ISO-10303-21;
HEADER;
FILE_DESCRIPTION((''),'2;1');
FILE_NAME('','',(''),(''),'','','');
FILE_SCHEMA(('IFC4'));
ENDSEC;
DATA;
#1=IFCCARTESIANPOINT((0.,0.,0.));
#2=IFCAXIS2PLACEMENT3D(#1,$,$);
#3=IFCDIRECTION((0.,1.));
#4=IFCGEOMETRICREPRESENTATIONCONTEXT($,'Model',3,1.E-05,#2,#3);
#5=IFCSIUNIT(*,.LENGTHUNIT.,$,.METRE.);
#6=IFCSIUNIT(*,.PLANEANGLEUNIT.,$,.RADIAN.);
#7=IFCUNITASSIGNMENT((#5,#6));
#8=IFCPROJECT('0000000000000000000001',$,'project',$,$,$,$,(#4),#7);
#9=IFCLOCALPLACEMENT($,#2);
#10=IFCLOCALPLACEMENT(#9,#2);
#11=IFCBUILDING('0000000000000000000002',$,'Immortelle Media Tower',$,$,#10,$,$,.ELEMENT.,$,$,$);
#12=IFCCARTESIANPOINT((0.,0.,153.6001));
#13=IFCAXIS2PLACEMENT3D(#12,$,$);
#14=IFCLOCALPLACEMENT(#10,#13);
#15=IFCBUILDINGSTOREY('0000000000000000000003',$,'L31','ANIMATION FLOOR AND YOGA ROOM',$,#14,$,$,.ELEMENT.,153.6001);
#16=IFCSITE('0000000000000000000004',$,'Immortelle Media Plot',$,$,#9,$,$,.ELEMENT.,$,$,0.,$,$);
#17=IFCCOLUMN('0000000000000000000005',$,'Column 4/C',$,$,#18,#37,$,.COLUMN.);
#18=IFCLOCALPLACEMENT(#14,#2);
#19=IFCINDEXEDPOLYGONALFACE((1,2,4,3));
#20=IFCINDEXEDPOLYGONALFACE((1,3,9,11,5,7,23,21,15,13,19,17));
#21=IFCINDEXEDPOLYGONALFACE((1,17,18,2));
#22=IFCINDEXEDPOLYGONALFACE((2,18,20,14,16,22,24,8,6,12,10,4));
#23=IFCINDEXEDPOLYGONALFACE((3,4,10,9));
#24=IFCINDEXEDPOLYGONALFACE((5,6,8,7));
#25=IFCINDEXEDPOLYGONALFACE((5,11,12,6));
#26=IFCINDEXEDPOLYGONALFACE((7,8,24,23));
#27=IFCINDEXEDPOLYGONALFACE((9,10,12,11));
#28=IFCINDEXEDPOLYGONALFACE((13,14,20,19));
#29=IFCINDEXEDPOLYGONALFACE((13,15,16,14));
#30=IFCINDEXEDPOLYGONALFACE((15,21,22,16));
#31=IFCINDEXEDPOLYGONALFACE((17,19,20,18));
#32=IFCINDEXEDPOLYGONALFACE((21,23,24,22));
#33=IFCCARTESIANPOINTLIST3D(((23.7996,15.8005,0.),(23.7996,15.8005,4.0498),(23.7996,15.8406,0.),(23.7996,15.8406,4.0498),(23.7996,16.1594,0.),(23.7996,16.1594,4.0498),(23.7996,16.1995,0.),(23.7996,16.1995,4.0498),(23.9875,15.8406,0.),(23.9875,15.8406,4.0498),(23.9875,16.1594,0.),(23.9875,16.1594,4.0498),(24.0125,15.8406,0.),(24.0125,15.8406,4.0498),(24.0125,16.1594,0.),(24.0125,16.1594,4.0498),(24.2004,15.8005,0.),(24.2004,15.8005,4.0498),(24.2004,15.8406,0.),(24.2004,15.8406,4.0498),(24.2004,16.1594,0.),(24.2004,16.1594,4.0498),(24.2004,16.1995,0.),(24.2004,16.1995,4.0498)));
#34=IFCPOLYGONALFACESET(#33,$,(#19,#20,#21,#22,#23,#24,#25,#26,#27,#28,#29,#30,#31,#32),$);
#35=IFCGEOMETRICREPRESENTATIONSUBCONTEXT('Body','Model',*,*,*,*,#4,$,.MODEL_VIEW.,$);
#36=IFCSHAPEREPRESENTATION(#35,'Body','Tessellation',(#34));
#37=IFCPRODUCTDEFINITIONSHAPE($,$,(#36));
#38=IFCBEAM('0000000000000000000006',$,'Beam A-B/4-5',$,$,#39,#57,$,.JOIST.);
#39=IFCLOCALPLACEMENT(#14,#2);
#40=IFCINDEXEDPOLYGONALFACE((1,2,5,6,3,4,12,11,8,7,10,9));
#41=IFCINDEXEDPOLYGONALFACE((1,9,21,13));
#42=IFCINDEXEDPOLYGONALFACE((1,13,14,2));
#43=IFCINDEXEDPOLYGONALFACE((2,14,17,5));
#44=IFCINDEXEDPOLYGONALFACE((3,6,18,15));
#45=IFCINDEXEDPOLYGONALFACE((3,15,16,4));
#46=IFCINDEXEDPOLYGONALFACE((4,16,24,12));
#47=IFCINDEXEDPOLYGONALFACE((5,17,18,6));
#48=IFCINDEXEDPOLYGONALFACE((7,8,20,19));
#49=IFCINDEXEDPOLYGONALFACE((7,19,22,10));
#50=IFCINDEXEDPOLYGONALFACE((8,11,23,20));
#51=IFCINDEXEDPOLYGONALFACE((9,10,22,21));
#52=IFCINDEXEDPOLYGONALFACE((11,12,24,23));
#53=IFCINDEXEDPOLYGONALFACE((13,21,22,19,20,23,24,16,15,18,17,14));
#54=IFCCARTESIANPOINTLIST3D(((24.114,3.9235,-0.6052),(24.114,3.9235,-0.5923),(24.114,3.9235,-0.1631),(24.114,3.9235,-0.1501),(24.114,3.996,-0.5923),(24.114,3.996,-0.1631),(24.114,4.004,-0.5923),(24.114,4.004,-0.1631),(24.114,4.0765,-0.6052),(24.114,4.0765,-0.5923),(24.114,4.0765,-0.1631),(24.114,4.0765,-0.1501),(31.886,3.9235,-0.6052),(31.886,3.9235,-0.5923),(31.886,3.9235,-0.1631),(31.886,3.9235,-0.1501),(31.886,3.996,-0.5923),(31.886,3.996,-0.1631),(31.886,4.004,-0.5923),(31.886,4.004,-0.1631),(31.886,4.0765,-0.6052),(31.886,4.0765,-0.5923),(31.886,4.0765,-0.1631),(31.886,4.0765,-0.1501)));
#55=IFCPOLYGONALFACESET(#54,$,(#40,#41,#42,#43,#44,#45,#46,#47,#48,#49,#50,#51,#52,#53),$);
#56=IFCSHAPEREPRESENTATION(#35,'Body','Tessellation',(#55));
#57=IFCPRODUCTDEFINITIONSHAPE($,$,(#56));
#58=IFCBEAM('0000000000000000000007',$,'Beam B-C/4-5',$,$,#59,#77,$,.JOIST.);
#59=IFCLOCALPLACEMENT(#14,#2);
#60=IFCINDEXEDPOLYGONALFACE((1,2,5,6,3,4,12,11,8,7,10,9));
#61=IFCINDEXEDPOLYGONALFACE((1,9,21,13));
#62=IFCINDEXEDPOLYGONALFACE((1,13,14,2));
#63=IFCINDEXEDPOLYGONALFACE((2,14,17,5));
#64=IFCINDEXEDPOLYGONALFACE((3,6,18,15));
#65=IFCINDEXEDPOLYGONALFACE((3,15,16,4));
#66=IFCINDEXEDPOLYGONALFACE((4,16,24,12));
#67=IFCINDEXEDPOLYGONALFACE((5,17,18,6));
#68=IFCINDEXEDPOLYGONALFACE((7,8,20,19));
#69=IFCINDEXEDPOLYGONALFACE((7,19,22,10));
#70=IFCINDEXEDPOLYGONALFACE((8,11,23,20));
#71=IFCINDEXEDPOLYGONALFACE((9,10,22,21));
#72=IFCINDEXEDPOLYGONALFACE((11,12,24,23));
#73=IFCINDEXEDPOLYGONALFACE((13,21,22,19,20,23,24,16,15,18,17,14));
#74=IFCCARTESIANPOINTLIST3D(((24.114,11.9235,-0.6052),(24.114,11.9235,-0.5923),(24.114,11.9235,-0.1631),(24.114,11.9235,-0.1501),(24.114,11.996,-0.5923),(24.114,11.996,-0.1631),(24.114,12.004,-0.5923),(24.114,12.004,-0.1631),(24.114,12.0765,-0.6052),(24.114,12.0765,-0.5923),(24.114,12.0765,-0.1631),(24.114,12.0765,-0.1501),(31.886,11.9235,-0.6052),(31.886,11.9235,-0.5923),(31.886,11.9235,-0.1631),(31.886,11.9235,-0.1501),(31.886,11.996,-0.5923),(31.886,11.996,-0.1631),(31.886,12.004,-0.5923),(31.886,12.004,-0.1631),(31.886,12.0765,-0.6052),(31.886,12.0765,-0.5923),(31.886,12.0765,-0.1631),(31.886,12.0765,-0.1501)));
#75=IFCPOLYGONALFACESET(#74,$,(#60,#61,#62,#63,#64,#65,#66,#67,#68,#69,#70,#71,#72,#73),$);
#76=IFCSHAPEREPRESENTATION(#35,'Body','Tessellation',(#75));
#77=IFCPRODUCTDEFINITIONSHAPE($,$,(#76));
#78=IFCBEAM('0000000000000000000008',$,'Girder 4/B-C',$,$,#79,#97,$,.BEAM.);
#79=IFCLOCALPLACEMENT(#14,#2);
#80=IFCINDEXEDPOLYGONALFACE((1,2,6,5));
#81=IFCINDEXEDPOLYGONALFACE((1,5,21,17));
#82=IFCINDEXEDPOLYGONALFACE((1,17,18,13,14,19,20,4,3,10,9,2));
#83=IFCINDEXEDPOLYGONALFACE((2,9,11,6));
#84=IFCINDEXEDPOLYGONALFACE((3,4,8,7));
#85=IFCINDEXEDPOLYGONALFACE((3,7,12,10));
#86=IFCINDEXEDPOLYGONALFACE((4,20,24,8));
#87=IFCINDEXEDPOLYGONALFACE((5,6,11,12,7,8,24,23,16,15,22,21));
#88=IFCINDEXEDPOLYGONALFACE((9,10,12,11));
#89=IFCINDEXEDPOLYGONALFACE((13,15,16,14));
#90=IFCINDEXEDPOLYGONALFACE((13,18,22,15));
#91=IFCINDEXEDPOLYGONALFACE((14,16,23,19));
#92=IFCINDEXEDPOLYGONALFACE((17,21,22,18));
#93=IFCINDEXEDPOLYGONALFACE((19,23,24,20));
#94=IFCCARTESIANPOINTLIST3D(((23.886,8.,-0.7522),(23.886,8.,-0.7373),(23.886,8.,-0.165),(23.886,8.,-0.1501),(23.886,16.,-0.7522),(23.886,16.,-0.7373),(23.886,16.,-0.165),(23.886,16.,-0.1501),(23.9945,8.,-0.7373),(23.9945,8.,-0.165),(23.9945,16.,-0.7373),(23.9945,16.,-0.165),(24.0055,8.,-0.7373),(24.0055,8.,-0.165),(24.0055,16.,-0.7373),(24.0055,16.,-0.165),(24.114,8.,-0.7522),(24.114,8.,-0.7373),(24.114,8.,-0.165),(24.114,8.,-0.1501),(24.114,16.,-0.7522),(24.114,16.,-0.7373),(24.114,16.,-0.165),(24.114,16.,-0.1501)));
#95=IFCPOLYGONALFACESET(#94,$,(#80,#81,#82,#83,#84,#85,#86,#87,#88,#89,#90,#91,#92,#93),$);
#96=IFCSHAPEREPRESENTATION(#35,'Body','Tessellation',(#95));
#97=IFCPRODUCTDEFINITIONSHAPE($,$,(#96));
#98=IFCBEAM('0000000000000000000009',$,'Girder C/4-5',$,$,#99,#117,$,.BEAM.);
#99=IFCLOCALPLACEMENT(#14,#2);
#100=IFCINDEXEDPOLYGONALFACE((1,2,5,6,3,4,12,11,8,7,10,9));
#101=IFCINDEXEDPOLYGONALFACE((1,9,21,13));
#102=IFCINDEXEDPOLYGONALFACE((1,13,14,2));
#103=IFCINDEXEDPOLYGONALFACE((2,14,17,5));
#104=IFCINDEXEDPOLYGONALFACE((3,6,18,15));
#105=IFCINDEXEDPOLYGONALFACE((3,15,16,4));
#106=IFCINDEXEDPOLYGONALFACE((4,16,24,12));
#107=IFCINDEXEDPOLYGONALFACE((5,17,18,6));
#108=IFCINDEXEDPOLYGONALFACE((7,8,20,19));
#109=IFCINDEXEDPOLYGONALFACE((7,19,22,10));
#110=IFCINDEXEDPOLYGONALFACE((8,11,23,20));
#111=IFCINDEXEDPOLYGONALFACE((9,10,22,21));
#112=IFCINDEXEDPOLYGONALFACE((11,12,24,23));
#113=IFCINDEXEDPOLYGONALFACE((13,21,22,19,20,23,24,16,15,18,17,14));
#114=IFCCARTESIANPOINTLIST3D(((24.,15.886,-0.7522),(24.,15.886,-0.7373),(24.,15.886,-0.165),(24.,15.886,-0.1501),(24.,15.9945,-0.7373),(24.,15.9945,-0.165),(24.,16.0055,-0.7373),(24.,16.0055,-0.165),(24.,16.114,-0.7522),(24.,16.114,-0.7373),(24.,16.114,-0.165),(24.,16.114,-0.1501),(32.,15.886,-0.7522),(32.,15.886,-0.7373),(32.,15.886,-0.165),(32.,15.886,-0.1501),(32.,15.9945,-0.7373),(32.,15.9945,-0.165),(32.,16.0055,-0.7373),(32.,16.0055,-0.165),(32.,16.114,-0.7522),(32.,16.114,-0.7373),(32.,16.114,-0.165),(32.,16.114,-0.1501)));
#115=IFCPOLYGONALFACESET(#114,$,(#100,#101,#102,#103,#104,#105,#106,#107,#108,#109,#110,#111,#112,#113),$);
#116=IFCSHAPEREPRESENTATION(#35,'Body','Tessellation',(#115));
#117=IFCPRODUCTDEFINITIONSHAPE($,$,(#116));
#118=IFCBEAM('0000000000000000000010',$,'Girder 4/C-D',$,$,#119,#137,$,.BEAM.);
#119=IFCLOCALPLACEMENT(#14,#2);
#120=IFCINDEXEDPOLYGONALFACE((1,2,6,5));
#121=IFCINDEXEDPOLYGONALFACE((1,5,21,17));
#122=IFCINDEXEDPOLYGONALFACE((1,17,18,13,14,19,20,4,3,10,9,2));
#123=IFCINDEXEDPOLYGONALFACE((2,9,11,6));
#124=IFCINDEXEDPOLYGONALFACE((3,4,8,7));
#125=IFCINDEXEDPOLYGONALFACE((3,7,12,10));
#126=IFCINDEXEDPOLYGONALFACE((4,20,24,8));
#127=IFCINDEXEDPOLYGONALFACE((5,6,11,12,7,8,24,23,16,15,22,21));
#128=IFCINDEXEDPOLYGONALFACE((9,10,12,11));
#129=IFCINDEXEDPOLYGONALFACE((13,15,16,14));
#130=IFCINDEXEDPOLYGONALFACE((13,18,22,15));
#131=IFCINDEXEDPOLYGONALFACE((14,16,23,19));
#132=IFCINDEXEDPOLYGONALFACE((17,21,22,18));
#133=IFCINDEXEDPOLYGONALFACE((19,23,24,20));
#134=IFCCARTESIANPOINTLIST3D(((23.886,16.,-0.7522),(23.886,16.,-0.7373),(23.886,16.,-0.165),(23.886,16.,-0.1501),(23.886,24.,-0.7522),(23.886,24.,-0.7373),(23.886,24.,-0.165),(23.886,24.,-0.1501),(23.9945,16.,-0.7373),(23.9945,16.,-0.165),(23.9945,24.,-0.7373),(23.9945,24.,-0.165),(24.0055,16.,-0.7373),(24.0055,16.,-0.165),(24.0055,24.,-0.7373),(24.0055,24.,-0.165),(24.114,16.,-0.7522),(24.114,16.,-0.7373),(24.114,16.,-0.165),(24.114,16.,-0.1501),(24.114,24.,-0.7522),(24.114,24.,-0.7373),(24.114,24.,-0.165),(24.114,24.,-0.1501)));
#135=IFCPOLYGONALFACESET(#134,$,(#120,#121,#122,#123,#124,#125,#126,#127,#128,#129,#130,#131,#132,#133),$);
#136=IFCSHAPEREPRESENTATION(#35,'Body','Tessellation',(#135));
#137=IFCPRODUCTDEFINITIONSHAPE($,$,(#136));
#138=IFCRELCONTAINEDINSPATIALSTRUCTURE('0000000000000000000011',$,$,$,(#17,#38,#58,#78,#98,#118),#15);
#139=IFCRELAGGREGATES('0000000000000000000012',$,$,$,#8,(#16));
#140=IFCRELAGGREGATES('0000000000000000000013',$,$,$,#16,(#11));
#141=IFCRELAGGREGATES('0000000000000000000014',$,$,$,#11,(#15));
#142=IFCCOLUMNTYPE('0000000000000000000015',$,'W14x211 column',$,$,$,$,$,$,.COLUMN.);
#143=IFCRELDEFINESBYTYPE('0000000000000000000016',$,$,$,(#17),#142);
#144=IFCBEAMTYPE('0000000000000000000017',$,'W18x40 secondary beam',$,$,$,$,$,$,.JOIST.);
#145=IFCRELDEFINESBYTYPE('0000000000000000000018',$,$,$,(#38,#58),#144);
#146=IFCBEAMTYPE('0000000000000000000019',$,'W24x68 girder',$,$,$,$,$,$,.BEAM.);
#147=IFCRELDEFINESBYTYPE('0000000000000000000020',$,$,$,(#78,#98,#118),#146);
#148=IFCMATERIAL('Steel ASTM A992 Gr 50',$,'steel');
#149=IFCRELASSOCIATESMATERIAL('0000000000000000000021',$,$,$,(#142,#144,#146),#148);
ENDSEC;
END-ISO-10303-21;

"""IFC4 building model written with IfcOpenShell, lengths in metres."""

from ifc_helpers import new_model, si_unit, direction, frame, origin, origin_2d, place, context, subcontext, project, spatial, i_section, extrude, material, material_profile, profile_set, type_object, element, save


model = new_model("IFC4")

# Units and contexts
model_context = context("Model", 3, precision=1e-05, world=origin(), true_north=direction((0.0, 1.0)))
body_context = subcontext(model_context, "Body", "Model", "MODEL_VIEW")
ifc_project = project(units=[si_unit("LENGTHUNIT", "METRE"), si_unit("PLANEANGLEUNIT", "RADIAN")], contexts=[model_context])

# Site, building, storey
site_placement = place(None, origin())
site = spatial("IfcSite", under=ifc_project, at=site_placement, Name="Immortelle Media Plot", CompositionType="ELEMENT", RefElevation=0.0)
building_placement = place(site_placement, origin())
building = spatial("IfcBuilding", under=site, at=building_placement, Name="Immortelle Media Tower", CompositionType="ELEMENT")
storey_placement = place(building_placement, frame((0.0, 0.0, 153.6001)))
storey = spatial("IfcBuildingStorey", under=building, at=storey_placement, Name="L31", Description="ANIMATION FLOOR AND YOGA ROOM", CompositionType="ELEMENT", Elevation=153.6001)

# Column
ifc_material_1 = material(Name="Steel ASTM A992 Gr 50", Category="steel")
ifc_material_profile_1 = material_profile(ifc_material_1, i_section(OverallWidth=0.4009, OverallDepth=0.3989, WebThickness=0.0249, FlangeThickness=0.04, at=origin_2d()), Name="W14x211")
ifc_profile_set_1 = profile_set([ifc_material_profile_1], Name="Steel ASTM A992 Gr 50")
column_type = type_object("IfcColumnType", Name="W14x211 column", PredefinedType="COLUMN", material=ifc_profile_set_1)
column_placement = place(storey_placement, frame((24.0, 16.0, 0.0), z_axis=(0.0, 0.0, 1.0), x_axis=(1.0, 0.0, 0.0)))
element("IfcColumn", 1, at=column_placement, inside=storey, type_object=column_type, Name="Column 4/C", PredefinedType="COLUMN", context=body_context, shape_type="SweptSolid", body=[
    extrude(i_section(OverallWidth=0.4009, OverallDepth=0.3989, WebThickness=0.0249, FlangeThickness=0.04, at=origin_2d()), origin(), (0.0, 0.0, 1.0), 4.0498),
])

# Beams
ifc_material_profile_2 = material_profile(ifc_material_1, i_section(OverallWidth=0.1531, OverallDepth=0.4551, WebThickness=0.0081, FlangeThickness=0.0129, at=origin_2d()), Name="W18x40")
ifc_profile_set_2 = profile_set([ifc_material_profile_2], Name="Steel ASTM A992 Gr 50")
beam_type_1 = type_object("IfcBeamType", Name="W18x40 secondary beam", PredefinedType="JOIST", material=ifc_profile_set_2)
for number, where, z_axis, x_axis, name in (
    (2, (24.114, 4.0, -0.3777), (1.0, 0.0, 0.0), (0.0, 1.0, 0.0), "Beam A-B/4-5"),
    (3, (24.114, 12.0, -0.3777), (1.0, 0.0, 0.0), (0.0, 1.0, 0.0), "Beam B-C/4-5"),
):
    element("IfcBeam", number, at=place(storey_placement, frame(where, z_axis=z_axis, x_axis=x_axis)), inside=storey, type_object=beam_type_1, Name=name, PredefinedType="JOIST", context=body_context, shape_type="SweptSolid", body=[
        extrude(i_section(OverallWidth=0.1531, OverallDepth=0.4551, WebThickness=0.0081, FlangeThickness=0.0129, at=origin_2d()), origin(), (0.0, 0.0, 1.0), 7.772),
    ])
ifc_material_profile_3 = material_profile(ifc_material_1, i_section(OverallWidth=0.228, OverallDepth=0.6021, WebThickness=0.011, FlangeThickness=0.0149, at=origin_2d()), Name="W24x68")
ifc_profile_set_3 = profile_set([ifc_material_profile_3], Name="Steel ASTM A992 Gr 50")
beam_type_2 = type_object("IfcBeamType", Name="W24x68 girder", PredefinedType="BEAM", material=ifc_profile_set_3)
for number, where, z_axis, x_axis, name in (
    (4, (24.0, 8.0, -0.4512), (0.0, 1.0, 0.0), (-1.0, 0.0, 0.0), "Girder 4/B-C"),
    (5, (24.0, 16.0, -0.4512), (1.0, 0.0, 0.0), (0.0, 1.0, 0.0), "Girder C/4-5"),
    (6, (24.0, 16.0, -0.4512), (0.0, 1.0, 0.0), (-1.0, 0.0, 0.0), "Girder 4/C-D"),
):
    element("IfcBeam", number, at=place(storey_placement, frame(where, z_axis=z_axis, x_axis=x_axis)), inside=storey, type_object=beam_type_2, Name=name, PredefinedType="BEAM", context=body_context, shape_type="SweptSolid", body=[
        extrude(i_section(OverallWidth=0.228, OverallDepth=0.6021, WebThickness=0.011, FlangeThickness=0.0149, at=origin_2d()), origin(), (0.0, 0.0, 1.0), 8.0),
    ])

save(model, "model.ifc")
